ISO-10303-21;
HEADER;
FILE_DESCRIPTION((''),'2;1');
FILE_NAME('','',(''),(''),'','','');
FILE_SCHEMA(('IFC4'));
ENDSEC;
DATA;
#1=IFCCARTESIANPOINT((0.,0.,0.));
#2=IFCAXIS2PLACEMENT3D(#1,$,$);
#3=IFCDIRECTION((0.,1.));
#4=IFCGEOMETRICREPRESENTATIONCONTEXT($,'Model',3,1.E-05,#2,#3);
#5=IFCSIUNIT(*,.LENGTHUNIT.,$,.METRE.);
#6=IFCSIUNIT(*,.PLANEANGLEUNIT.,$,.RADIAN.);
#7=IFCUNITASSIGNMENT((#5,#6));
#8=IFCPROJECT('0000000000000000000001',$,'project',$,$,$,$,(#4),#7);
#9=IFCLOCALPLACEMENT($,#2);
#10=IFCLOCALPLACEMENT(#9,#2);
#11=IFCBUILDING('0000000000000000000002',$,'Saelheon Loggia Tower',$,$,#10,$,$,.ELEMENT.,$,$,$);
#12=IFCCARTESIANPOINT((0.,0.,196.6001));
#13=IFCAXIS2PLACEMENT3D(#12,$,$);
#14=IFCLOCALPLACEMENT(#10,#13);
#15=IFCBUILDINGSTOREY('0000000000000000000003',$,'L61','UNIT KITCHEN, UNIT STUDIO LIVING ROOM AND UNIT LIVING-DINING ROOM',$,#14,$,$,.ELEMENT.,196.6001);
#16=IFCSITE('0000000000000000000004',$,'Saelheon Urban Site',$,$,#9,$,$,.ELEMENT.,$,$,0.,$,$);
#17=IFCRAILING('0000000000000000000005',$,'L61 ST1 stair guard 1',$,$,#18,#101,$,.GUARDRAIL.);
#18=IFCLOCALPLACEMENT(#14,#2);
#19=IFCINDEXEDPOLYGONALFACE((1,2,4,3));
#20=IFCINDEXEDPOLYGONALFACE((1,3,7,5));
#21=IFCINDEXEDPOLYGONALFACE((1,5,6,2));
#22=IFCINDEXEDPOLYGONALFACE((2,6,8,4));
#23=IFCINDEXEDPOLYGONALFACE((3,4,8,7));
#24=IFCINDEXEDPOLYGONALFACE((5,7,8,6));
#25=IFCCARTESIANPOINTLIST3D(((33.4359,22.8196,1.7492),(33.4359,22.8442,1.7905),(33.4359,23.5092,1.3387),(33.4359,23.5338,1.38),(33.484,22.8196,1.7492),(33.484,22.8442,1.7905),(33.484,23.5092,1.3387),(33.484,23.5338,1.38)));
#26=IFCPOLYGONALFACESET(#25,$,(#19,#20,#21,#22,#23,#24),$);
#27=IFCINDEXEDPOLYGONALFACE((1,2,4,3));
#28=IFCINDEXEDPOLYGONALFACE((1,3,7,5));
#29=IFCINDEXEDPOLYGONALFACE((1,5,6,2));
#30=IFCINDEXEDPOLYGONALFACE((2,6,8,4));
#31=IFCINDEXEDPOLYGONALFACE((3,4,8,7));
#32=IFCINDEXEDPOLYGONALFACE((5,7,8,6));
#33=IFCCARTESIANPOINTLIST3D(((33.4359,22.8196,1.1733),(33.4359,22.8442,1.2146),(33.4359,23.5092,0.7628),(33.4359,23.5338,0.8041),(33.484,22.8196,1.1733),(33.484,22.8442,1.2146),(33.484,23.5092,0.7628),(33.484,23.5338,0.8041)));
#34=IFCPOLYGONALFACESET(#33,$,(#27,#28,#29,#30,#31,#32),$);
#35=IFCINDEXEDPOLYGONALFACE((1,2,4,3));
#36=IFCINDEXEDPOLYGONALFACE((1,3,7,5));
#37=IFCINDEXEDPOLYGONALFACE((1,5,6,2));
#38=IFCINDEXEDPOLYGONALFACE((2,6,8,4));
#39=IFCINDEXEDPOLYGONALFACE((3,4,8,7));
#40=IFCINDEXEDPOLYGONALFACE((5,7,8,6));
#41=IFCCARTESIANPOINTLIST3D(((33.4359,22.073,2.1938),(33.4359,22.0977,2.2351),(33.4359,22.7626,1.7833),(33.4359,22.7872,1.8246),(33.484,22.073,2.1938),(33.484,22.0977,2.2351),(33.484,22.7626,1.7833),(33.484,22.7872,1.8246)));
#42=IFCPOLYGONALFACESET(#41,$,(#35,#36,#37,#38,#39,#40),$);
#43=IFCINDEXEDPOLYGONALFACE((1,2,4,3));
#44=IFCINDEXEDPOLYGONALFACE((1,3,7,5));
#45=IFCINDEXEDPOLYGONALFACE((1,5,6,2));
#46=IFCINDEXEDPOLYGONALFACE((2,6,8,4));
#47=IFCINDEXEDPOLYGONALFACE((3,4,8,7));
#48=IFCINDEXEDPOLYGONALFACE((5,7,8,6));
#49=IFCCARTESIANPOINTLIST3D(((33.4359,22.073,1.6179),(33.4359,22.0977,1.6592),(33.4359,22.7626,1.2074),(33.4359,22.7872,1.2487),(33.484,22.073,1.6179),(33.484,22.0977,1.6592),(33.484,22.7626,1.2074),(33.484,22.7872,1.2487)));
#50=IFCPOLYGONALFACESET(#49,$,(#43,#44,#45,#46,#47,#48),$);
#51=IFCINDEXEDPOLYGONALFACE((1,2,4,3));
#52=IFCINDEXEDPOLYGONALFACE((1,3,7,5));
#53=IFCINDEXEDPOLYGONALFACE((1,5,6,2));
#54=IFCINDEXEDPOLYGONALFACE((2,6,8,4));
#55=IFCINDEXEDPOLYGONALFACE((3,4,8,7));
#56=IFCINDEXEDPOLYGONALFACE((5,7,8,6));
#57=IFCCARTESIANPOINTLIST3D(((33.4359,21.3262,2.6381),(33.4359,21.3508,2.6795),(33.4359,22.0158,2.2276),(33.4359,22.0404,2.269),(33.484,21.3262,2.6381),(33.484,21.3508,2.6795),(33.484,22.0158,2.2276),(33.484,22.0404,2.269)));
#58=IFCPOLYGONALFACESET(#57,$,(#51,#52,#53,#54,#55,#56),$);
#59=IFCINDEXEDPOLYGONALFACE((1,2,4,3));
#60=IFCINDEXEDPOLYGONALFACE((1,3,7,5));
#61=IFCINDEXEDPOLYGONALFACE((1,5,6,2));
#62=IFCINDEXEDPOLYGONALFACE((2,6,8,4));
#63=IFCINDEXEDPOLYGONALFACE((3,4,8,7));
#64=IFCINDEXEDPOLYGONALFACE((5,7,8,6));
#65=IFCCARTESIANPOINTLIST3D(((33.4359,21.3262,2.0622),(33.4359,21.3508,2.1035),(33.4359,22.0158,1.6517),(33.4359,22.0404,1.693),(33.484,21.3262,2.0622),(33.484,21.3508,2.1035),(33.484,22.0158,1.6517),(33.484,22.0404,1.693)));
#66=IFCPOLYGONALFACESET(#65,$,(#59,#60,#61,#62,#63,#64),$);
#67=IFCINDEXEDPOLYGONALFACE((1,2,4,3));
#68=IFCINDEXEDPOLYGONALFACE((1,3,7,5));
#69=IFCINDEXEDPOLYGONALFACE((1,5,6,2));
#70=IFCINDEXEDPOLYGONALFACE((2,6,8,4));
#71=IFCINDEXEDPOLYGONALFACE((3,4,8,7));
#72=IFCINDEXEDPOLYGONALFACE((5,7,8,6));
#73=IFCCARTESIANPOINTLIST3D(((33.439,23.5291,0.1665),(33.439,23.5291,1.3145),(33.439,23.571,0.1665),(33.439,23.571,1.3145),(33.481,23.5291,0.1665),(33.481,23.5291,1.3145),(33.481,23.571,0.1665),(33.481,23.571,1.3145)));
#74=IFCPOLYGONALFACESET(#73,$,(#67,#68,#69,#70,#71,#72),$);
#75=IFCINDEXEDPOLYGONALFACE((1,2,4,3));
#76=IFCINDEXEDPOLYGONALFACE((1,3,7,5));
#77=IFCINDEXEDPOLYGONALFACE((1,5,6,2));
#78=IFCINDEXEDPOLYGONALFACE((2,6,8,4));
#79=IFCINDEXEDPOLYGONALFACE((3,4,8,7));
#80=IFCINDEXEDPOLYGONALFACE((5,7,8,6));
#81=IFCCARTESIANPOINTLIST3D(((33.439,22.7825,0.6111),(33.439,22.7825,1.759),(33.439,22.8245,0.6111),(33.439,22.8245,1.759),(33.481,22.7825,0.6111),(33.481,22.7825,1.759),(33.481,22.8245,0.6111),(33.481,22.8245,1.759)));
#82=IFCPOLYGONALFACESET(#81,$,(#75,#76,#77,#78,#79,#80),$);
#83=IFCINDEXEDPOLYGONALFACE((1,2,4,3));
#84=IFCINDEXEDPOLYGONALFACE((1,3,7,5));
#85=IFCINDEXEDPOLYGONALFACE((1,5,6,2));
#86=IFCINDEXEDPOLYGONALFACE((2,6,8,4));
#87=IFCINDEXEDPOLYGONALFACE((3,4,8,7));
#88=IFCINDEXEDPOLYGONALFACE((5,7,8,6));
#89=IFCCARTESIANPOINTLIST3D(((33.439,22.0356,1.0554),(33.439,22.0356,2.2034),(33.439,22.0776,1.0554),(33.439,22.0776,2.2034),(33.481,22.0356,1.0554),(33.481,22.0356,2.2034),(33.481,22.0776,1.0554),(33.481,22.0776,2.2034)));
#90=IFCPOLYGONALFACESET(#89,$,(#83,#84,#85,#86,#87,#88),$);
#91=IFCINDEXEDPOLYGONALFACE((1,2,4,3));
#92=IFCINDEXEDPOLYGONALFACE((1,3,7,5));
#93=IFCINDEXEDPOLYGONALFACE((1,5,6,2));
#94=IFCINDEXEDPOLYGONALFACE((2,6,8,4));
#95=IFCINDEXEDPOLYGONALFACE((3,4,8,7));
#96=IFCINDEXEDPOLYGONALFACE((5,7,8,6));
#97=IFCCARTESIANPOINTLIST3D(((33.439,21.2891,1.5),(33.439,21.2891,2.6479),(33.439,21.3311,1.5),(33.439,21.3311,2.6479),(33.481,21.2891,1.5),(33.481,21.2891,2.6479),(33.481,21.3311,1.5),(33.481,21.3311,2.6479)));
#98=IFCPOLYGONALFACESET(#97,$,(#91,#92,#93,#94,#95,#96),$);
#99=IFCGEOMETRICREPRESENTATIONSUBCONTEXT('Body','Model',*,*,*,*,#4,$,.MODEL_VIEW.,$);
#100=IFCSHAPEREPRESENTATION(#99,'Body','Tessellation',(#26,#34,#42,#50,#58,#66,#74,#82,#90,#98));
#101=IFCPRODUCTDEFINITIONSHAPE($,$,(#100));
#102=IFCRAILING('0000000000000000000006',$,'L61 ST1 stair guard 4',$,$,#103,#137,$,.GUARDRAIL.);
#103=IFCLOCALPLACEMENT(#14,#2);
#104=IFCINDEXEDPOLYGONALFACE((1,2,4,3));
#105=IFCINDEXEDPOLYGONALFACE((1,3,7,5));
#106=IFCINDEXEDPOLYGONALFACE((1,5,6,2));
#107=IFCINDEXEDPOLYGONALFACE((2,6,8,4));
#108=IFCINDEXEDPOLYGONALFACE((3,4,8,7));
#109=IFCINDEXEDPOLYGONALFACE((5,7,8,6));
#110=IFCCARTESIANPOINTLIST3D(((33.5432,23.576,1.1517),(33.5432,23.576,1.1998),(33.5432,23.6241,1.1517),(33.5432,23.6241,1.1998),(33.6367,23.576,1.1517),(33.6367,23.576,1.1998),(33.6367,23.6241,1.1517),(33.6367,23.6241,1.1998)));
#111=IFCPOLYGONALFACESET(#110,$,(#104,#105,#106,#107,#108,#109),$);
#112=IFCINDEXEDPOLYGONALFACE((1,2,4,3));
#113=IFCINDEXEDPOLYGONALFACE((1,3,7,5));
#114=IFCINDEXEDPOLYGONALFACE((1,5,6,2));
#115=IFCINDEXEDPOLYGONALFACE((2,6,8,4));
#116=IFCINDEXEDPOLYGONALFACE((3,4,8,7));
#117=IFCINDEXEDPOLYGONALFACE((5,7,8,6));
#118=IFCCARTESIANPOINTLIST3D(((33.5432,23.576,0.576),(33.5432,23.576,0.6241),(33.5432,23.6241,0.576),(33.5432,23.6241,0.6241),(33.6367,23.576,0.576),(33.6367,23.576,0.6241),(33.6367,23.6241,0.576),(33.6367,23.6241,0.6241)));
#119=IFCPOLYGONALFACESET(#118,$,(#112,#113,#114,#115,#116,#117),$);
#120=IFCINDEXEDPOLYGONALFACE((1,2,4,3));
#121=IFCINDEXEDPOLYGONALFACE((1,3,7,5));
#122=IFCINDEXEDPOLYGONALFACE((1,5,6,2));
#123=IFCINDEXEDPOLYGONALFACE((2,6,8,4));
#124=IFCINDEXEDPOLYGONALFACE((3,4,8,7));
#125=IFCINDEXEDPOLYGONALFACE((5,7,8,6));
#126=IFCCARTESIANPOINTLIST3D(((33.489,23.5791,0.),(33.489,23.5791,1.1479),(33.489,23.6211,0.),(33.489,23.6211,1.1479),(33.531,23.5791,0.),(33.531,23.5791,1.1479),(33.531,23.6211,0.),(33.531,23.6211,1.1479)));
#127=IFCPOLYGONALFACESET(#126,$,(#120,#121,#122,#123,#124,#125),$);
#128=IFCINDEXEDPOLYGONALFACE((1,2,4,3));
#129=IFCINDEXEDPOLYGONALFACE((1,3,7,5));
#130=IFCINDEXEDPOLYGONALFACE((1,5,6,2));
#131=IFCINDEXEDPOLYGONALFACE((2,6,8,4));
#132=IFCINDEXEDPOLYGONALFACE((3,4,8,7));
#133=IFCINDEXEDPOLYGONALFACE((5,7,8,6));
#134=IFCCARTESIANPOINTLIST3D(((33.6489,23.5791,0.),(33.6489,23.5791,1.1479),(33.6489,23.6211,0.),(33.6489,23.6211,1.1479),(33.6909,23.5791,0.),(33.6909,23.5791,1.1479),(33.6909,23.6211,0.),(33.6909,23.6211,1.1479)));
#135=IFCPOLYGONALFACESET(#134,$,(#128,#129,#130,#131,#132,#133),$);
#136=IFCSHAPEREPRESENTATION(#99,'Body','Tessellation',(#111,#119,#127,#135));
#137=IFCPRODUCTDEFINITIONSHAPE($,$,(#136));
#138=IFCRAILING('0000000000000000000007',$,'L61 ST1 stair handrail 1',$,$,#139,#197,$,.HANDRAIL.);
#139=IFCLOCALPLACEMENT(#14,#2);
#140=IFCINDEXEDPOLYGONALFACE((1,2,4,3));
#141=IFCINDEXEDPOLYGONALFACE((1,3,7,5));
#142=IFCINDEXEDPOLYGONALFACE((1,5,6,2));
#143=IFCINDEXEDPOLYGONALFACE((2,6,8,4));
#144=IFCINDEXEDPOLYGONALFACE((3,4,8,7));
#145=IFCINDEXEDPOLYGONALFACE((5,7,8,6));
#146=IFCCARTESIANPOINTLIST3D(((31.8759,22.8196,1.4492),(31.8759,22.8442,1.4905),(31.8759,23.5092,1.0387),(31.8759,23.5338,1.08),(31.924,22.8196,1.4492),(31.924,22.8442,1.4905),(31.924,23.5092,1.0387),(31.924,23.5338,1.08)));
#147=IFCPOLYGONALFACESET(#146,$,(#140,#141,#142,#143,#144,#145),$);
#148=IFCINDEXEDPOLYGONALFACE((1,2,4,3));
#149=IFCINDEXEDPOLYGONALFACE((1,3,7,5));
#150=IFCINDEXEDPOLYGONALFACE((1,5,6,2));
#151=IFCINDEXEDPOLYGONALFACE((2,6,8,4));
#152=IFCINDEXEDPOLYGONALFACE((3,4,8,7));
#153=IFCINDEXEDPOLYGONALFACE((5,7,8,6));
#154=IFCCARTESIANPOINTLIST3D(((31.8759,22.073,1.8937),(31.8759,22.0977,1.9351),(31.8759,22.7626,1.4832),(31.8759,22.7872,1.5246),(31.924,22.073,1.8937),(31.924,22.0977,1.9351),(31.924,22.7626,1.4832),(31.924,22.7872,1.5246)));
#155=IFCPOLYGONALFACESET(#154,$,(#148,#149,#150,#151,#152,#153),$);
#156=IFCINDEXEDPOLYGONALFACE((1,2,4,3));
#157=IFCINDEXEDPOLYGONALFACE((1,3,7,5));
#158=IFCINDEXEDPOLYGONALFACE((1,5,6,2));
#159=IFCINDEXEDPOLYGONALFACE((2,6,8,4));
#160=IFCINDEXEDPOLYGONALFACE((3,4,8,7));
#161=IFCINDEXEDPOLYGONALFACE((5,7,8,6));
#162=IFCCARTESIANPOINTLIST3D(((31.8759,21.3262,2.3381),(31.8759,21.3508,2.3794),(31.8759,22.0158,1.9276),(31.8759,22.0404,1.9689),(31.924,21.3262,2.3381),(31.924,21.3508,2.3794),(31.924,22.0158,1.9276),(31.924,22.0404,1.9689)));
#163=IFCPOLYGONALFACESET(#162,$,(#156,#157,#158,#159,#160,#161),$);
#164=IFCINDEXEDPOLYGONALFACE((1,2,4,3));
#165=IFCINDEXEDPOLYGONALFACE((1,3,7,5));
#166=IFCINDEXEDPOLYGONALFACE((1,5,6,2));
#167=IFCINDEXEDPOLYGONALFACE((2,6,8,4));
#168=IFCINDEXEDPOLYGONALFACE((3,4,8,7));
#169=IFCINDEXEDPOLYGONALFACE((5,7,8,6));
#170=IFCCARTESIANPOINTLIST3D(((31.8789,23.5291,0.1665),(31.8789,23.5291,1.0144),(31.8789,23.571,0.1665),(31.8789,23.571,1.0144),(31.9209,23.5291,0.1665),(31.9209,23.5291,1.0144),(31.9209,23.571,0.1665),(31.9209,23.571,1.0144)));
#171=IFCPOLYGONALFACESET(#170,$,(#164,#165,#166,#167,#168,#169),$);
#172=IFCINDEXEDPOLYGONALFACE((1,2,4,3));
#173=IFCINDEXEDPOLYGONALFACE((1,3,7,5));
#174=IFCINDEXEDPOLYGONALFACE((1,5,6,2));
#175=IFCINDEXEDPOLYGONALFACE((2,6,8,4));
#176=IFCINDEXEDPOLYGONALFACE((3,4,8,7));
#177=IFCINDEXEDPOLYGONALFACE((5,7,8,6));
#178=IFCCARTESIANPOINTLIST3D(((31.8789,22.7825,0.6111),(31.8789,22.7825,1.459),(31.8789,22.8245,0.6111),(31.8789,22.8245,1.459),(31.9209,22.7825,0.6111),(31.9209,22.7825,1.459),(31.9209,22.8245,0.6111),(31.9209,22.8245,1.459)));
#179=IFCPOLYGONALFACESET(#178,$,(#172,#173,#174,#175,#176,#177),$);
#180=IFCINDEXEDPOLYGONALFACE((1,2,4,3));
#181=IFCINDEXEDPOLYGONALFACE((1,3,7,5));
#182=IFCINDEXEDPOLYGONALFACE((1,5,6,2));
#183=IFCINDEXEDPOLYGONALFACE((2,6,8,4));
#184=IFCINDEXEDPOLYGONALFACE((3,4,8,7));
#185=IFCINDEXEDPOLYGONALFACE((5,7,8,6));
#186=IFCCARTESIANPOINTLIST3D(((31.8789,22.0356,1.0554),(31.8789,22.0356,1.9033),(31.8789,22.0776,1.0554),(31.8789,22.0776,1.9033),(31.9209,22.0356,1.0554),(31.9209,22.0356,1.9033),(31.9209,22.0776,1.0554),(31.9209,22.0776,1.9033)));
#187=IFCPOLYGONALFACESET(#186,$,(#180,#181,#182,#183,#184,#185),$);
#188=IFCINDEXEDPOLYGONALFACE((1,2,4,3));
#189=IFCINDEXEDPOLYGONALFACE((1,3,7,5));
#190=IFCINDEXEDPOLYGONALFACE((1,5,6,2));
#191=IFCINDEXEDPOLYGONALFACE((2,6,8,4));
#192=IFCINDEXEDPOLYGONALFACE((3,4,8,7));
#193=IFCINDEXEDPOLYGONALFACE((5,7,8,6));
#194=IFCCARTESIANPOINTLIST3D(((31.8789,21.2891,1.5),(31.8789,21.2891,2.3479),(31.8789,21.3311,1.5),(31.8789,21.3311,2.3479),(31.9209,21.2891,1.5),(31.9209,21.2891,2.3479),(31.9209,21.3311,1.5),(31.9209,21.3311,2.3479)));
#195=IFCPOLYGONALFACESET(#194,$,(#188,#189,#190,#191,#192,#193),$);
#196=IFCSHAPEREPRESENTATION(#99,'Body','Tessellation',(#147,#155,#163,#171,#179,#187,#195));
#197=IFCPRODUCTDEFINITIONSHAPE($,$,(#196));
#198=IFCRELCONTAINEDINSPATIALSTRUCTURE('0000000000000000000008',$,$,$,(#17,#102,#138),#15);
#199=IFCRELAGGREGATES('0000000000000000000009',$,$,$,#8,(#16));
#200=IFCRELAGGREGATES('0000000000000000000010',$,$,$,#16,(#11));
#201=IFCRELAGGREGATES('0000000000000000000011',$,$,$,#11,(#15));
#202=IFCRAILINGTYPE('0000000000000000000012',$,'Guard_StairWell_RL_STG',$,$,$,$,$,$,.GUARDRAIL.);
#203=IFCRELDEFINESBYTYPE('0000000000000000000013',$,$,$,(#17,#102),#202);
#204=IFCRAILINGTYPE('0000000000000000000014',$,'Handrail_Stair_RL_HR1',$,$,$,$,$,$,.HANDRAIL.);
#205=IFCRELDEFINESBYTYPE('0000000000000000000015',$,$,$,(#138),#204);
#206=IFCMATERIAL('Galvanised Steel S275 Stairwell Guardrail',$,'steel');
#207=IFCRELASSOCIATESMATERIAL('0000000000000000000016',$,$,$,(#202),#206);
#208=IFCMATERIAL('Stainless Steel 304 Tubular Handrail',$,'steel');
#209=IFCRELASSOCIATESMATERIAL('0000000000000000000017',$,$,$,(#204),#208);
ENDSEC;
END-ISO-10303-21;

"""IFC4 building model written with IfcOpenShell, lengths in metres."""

from ifc_helpers import new_model, si_unit, direction, frame, origin, origin_2d, place, context, subcontext, project, spatial, rectangle, extrude, material, type_object, element, save


model = new_model("IFC4")

# Units and contexts
model_context = context("Model", 3, precision=1e-05, world=origin(), true_north=direction((0.0, 1.0)))
body_context = subcontext(model_context, "Body", "Model", "MODEL_VIEW")
ifc_project = project(units=[si_unit("LENGTHUNIT", "METRE"), si_unit("PLANEANGLEUNIT", "RADIAN")], contexts=[model_context])

# Site, building, storey
site_placement = place(None, origin())
site = spatial("IfcSite", under=ifc_project, at=site_placement, Name="Saelheon Urban Site", CompositionType="ELEMENT", RefElevation=0.0)
building_placement = place(site_placement, origin())
building = spatial("IfcBuilding", under=site, at=building_placement, Name="Saelheon Loggia Tower", CompositionType="ELEMENT")
storey_placement = place(building_placement, frame((0.0, 0.0, 196.6001)))
storey = spatial("IfcBuildingStorey", under=building, at=storey_placement, Name="L61", Description="UNIT KITCHEN, UNIT STUDIO LIVING ROOM AND UNIT LIVING-DINING ROOM", CompositionType="ELEMENT", Elevation=196.6001)

# Railings
ifc_material_1 = material(Name="Galvanised Steel S275 Stairwell Guardrail", Category="steel")
railing_type_1 = type_object("IfcRailingType", Name="Guard_StairWell_RL_STG", PredefinedType="GUARDRAIL", material=ifc_material_1)
railing_1_placement = place(storey_placement, frame((33.46, 23.55, 0.1665)))
element("IfcRailing", 1, at=railing_1_placement, inside=storey, type_object=railing_type_1, Name="L61 ST1 stair guard 1", PredefinedType="GUARDRAIL", context=body_context, shape_type="SweptSolid", body=[
    extrude(rectangle(XDim=0.0481, YDim=0.0481, at=origin_2d()), frame((0.0, -0.0286, 1.1929), z_axis=(0.0, -0.859264, 0.511532), x_axis=(1.0, 0.0, 0.0)), (0.0, 0.0, 1.0), 0.8025),
    extrude(rectangle(XDim=0.0481, YDim=0.0481, at=origin_2d()), frame((0.0, -0.0286, 0.6169), z_axis=(0.0, -0.859264, 0.511532), x_axis=(1.0, 0.0, 0.0)), (0.0, 0.0, 1.0), 0.8025),
    extrude(rectangle(XDim=0.0481, YDim=0.0481, at=origin_2d()), frame((0.0, -0.7751, 1.6375), z_axis=(0.0, -0.859264, 0.511532), x_axis=(1.0, 0.0, 0.0)), (0.0, 0.0, 1.0), 0.8025),
    extrude(rectangle(XDim=0.0481, YDim=0.0481, at=origin_2d()), frame((0.0, -0.7751, 1.0615), z_axis=(0.0, -0.859264, 0.511532), x_axis=(1.0, 0.0, 0.0)), (0.0, 0.0, 1.0), 0.8025),
    extrude(rectangle(XDim=0.0481, YDim=0.0481, at=origin_2d()), frame((0.0, -1.522, 2.0818), z_axis=(0.0, -0.859264, 0.511532), x_axis=(1.0, 0.0, 0.0)), (0.0, 0.0, 1.0), 0.8025),
    extrude(rectangle(XDim=0.0481, YDim=0.0481, at=origin_2d()), frame((0.0, -1.522, 1.5059), z_axis=(0.0, -0.859264, 0.511532), x_axis=(1.0, 0.0, 0.0)), (0.0, 0.0, 1.0), 0.8025),
    extrude(rectangle(XDim=0.042, YDim=0.042, at=origin_2d()), origin(), (0.0, 0.0, 1.0), 1.1479),
    extrude(rectangle(XDim=0.042, YDim=0.042, at=origin_2d()), frame((0.0, -0.7466, 0.4446)), (0.0, 0.0, 1.0), 1.1479),
    extrude(rectangle(XDim=0.042, YDim=0.042, at=origin_2d()), frame((0.0, -1.4934, 0.8889)), (0.0, 0.0, 1.0), 1.1479),
    extrude(rectangle(XDim=0.042, YDim=0.042, at=origin_2d()), frame((0.0, -2.24, 1.3335)), (0.0, 0.0, 1.0), 1.1479),
])
railing_2_placement = place(storey_placement, frame((33.51, 23.6001, 0.0)))
element("IfcRailing", 2, at=railing_2_placement, inside=storey, type_object=railing_type_1, Name="L61 ST1 stair guard 4", PredefinedType="GUARDRAIL", context=body_context, shape_type="SweptSolid", body=[
    extrude(rectangle(XDim=0.0481, YDim=0.0481, at=origin_2d()), frame((0.0332, 0.0, 1.1758), z_axis=(1.0, 0.0, 0.0), x_axis=(0.0, 1.0, 0.0)), (0.0, 0.0, 1.0), 0.0935),
    extrude(rectangle(XDim=0.0481, YDim=0.0481, at=origin_2d()), frame((0.0332, 0.0, 0.6001), z_axis=(1.0, 0.0, 0.0), x_axis=(0.0, 1.0, 0.0)), (0.0, 0.0, 1.0), 0.0935),
    extrude(rectangle(XDim=0.042, YDim=0.042, at=origin_2d()), origin(), (0.0, 0.0, 1.0), 1.1479),
    extrude(rectangle(XDim=0.042, YDim=0.042, at=origin_2d()), frame((0.1599, 0.0, 0.0)), (0.0, 0.0, 1.0), 1.1479),
])
ifc_material_2 = material(Name="Stainless Steel 304 Tubular Handrail", Category="steel")
railing_type_2 = type_object("IfcRailingType", Name="Handrail_Stair_RL_HR1", PredefinedType="HANDRAIL", material=ifc_material_2)
railing_3_placement = place(storey_placement, frame((31.8999, 23.55, 0.1665)))
element("IfcRailing", 3, at=railing_3_placement, inside=storey, type_object=railing_type_2, Name="L61 ST1 stair handrail 1", PredefinedType="HANDRAIL", context=body_context, shape_type="SweptSolid", body=[
    extrude(rectangle(XDim=0.0481, YDim=0.0481, at=origin_2d()), frame((0.0, -0.0286, 0.8928), z_axis=(0.0, -0.859264, 0.511532), x_axis=(1.0, 0.0, 0.0)), (0.0, 0.0, 1.0), 0.8025),
    extrude(rectangle(XDim=0.0481, YDim=0.0481, at=origin_2d()), frame((0.0, -0.7751, 1.3374), z_axis=(0.0, -0.859264, 0.511532), x_axis=(1.0, 0.0, 0.0)), (0.0, 0.0, 1.0), 0.8025),
    extrude(rectangle(XDim=0.0481, YDim=0.0481, at=origin_2d()), frame((0.0, -1.522, 1.7817), z_axis=(0.0, -0.859264, 0.511532), x_axis=(1.0, 0.0, 0.0)), (0.0, 0.0, 1.0), 0.8025),
    extrude(rectangle(XDim=0.042, YDim=0.042, at=origin_2d()), origin(), (0.0, 0.0, 1.0), 0.8479),
    extrude(rectangle(XDim=0.042, YDim=0.042, at=origin_2d()), frame((0.0, -0.7466, 0.4446)), (0.0, 0.0, 1.0), 0.8479),
    extrude(rectangle(XDim=0.042, YDim=0.042, at=origin_2d()), frame((0.0, -1.4934, 0.8889)), (0.0, 0.0, 1.0), 0.8479),
    extrude(rectangle(XDim=0.042, YDim=0.042, at=origin_2d()), frame((0.0, -2.24, 1.3335)), (0.0, 0.0, 1.0), 0.8479),
])

save(model, "model.ifc")
